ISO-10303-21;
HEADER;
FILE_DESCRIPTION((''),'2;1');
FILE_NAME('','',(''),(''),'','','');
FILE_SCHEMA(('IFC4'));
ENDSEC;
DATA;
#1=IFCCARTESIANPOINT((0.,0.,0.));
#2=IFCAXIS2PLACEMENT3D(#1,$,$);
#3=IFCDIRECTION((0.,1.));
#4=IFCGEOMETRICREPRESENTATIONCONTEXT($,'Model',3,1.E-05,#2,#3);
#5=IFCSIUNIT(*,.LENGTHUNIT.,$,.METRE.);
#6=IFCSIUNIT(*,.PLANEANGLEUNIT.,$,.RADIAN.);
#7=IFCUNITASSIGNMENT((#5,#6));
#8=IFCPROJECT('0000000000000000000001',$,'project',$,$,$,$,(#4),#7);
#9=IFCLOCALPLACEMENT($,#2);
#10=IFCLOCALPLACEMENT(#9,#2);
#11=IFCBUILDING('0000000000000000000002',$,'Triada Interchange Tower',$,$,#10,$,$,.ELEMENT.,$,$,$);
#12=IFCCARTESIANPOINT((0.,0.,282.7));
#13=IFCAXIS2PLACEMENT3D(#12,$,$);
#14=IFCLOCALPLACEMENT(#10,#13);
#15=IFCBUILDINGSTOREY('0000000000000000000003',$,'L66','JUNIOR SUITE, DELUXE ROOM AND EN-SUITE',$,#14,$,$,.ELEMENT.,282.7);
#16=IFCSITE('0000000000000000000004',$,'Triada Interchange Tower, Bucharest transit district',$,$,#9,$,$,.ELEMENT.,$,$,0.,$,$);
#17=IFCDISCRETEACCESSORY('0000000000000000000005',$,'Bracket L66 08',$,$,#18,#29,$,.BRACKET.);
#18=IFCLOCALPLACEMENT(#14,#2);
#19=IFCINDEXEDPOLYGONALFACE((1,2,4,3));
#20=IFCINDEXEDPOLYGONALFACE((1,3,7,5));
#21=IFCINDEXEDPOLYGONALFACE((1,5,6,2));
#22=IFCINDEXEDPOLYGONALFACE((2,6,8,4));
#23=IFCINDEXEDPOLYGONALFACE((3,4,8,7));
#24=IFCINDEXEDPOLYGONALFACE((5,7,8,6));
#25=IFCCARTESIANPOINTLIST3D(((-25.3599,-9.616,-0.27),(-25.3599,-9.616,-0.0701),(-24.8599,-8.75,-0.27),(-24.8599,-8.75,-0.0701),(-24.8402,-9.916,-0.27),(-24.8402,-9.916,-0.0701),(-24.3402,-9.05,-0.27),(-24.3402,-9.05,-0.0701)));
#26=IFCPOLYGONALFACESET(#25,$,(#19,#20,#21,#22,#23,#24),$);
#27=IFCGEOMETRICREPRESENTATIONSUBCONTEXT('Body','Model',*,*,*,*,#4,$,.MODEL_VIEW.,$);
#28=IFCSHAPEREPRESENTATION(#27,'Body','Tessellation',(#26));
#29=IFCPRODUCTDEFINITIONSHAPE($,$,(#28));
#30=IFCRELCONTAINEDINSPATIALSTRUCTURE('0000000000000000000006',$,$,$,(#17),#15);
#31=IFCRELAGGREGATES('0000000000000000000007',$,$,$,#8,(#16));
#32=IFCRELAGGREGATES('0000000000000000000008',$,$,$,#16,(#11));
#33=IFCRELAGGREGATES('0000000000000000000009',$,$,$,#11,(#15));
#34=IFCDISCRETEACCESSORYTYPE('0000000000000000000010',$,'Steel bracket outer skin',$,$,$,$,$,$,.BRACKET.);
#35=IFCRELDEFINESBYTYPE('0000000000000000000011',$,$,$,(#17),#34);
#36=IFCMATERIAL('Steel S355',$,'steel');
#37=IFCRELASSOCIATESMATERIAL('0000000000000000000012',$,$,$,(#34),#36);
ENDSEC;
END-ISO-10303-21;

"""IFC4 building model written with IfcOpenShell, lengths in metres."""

from ifc_helpers import new_model, si_unit, direction, frame, origin, origin_2d, place, context, subcontext, project, spatial, rectangle, extrude, material, type_object, element, save


model = new_model("IFC4")

# Units and contexts
model_context = context("Model", 3, precision=1e-05, world=origin(), true_north=direction((0.0, 1.0)))
body_context = subcontext(model_context, "Body", "Model", "MODEL_VIEW")
ifc_project = project(units=[si_unit("LENGTHUNIT", "METRE"), si_unit("PLANEANGLEUNIT", "RADIAN")], contexts=[model_context])

# Site, building, storey
site_placement = place(None, origin())
site = spatial("IfcSite", under=ifc_project, at=site_placement, Name="Triada Interchange Tower, Bucharest transit district", CompositionType="ELEMENT", RefElevation=0.0)
building_placement = place(site_placement, origin())
building = spatial("IfcBuilding", under=site, at=building_placement, Name="Triada Interchange Tower", CompositionType="ELEMENT")
storey_placement = place(building_placement, frame((0.0, 0.0, 282.7)))
storey = spatial("IfcBuildingStorey", under=building, at=storey_placement, Name="L66", Description="JUNIOR SUITE, DELUXE ROOM AND EN-SUITE", CompositionType="ELEMENT", Elevation=282.7)

# Discrete accessory
ifc_material_1 = material(Name="Steel S355", Category="steel")
discrete_accessory_type = type_object("IfcDiscreteAccessoryType", Name="Steel bracket outer skin", PredefinedType="BRACKET", material=ifc_material_1)
discrete_accessory_placement = place(storey_placement, frame((-24.8501, -9.333, -0.27), z_axis=(0.0, 0.0, 1.0), x_axis=(-0.866024, 0.500002, 0.0)))
element("IfcDiscreteAccessory", 1, at=discrete_accessory_placement, inside=storey, type_object=discrete_accessory_type, Name="Bracket L66 08", PredefinedType="BRACKET", context=body_context, shape_type="SweptSolid", body=[
    extrude(rectangle(XDim=0.6001, YDim=1.0, at=origin_2d()), origin(), (0.0, 0.0, 1.0), 0.2),
])

save(model, "model.ifc")
